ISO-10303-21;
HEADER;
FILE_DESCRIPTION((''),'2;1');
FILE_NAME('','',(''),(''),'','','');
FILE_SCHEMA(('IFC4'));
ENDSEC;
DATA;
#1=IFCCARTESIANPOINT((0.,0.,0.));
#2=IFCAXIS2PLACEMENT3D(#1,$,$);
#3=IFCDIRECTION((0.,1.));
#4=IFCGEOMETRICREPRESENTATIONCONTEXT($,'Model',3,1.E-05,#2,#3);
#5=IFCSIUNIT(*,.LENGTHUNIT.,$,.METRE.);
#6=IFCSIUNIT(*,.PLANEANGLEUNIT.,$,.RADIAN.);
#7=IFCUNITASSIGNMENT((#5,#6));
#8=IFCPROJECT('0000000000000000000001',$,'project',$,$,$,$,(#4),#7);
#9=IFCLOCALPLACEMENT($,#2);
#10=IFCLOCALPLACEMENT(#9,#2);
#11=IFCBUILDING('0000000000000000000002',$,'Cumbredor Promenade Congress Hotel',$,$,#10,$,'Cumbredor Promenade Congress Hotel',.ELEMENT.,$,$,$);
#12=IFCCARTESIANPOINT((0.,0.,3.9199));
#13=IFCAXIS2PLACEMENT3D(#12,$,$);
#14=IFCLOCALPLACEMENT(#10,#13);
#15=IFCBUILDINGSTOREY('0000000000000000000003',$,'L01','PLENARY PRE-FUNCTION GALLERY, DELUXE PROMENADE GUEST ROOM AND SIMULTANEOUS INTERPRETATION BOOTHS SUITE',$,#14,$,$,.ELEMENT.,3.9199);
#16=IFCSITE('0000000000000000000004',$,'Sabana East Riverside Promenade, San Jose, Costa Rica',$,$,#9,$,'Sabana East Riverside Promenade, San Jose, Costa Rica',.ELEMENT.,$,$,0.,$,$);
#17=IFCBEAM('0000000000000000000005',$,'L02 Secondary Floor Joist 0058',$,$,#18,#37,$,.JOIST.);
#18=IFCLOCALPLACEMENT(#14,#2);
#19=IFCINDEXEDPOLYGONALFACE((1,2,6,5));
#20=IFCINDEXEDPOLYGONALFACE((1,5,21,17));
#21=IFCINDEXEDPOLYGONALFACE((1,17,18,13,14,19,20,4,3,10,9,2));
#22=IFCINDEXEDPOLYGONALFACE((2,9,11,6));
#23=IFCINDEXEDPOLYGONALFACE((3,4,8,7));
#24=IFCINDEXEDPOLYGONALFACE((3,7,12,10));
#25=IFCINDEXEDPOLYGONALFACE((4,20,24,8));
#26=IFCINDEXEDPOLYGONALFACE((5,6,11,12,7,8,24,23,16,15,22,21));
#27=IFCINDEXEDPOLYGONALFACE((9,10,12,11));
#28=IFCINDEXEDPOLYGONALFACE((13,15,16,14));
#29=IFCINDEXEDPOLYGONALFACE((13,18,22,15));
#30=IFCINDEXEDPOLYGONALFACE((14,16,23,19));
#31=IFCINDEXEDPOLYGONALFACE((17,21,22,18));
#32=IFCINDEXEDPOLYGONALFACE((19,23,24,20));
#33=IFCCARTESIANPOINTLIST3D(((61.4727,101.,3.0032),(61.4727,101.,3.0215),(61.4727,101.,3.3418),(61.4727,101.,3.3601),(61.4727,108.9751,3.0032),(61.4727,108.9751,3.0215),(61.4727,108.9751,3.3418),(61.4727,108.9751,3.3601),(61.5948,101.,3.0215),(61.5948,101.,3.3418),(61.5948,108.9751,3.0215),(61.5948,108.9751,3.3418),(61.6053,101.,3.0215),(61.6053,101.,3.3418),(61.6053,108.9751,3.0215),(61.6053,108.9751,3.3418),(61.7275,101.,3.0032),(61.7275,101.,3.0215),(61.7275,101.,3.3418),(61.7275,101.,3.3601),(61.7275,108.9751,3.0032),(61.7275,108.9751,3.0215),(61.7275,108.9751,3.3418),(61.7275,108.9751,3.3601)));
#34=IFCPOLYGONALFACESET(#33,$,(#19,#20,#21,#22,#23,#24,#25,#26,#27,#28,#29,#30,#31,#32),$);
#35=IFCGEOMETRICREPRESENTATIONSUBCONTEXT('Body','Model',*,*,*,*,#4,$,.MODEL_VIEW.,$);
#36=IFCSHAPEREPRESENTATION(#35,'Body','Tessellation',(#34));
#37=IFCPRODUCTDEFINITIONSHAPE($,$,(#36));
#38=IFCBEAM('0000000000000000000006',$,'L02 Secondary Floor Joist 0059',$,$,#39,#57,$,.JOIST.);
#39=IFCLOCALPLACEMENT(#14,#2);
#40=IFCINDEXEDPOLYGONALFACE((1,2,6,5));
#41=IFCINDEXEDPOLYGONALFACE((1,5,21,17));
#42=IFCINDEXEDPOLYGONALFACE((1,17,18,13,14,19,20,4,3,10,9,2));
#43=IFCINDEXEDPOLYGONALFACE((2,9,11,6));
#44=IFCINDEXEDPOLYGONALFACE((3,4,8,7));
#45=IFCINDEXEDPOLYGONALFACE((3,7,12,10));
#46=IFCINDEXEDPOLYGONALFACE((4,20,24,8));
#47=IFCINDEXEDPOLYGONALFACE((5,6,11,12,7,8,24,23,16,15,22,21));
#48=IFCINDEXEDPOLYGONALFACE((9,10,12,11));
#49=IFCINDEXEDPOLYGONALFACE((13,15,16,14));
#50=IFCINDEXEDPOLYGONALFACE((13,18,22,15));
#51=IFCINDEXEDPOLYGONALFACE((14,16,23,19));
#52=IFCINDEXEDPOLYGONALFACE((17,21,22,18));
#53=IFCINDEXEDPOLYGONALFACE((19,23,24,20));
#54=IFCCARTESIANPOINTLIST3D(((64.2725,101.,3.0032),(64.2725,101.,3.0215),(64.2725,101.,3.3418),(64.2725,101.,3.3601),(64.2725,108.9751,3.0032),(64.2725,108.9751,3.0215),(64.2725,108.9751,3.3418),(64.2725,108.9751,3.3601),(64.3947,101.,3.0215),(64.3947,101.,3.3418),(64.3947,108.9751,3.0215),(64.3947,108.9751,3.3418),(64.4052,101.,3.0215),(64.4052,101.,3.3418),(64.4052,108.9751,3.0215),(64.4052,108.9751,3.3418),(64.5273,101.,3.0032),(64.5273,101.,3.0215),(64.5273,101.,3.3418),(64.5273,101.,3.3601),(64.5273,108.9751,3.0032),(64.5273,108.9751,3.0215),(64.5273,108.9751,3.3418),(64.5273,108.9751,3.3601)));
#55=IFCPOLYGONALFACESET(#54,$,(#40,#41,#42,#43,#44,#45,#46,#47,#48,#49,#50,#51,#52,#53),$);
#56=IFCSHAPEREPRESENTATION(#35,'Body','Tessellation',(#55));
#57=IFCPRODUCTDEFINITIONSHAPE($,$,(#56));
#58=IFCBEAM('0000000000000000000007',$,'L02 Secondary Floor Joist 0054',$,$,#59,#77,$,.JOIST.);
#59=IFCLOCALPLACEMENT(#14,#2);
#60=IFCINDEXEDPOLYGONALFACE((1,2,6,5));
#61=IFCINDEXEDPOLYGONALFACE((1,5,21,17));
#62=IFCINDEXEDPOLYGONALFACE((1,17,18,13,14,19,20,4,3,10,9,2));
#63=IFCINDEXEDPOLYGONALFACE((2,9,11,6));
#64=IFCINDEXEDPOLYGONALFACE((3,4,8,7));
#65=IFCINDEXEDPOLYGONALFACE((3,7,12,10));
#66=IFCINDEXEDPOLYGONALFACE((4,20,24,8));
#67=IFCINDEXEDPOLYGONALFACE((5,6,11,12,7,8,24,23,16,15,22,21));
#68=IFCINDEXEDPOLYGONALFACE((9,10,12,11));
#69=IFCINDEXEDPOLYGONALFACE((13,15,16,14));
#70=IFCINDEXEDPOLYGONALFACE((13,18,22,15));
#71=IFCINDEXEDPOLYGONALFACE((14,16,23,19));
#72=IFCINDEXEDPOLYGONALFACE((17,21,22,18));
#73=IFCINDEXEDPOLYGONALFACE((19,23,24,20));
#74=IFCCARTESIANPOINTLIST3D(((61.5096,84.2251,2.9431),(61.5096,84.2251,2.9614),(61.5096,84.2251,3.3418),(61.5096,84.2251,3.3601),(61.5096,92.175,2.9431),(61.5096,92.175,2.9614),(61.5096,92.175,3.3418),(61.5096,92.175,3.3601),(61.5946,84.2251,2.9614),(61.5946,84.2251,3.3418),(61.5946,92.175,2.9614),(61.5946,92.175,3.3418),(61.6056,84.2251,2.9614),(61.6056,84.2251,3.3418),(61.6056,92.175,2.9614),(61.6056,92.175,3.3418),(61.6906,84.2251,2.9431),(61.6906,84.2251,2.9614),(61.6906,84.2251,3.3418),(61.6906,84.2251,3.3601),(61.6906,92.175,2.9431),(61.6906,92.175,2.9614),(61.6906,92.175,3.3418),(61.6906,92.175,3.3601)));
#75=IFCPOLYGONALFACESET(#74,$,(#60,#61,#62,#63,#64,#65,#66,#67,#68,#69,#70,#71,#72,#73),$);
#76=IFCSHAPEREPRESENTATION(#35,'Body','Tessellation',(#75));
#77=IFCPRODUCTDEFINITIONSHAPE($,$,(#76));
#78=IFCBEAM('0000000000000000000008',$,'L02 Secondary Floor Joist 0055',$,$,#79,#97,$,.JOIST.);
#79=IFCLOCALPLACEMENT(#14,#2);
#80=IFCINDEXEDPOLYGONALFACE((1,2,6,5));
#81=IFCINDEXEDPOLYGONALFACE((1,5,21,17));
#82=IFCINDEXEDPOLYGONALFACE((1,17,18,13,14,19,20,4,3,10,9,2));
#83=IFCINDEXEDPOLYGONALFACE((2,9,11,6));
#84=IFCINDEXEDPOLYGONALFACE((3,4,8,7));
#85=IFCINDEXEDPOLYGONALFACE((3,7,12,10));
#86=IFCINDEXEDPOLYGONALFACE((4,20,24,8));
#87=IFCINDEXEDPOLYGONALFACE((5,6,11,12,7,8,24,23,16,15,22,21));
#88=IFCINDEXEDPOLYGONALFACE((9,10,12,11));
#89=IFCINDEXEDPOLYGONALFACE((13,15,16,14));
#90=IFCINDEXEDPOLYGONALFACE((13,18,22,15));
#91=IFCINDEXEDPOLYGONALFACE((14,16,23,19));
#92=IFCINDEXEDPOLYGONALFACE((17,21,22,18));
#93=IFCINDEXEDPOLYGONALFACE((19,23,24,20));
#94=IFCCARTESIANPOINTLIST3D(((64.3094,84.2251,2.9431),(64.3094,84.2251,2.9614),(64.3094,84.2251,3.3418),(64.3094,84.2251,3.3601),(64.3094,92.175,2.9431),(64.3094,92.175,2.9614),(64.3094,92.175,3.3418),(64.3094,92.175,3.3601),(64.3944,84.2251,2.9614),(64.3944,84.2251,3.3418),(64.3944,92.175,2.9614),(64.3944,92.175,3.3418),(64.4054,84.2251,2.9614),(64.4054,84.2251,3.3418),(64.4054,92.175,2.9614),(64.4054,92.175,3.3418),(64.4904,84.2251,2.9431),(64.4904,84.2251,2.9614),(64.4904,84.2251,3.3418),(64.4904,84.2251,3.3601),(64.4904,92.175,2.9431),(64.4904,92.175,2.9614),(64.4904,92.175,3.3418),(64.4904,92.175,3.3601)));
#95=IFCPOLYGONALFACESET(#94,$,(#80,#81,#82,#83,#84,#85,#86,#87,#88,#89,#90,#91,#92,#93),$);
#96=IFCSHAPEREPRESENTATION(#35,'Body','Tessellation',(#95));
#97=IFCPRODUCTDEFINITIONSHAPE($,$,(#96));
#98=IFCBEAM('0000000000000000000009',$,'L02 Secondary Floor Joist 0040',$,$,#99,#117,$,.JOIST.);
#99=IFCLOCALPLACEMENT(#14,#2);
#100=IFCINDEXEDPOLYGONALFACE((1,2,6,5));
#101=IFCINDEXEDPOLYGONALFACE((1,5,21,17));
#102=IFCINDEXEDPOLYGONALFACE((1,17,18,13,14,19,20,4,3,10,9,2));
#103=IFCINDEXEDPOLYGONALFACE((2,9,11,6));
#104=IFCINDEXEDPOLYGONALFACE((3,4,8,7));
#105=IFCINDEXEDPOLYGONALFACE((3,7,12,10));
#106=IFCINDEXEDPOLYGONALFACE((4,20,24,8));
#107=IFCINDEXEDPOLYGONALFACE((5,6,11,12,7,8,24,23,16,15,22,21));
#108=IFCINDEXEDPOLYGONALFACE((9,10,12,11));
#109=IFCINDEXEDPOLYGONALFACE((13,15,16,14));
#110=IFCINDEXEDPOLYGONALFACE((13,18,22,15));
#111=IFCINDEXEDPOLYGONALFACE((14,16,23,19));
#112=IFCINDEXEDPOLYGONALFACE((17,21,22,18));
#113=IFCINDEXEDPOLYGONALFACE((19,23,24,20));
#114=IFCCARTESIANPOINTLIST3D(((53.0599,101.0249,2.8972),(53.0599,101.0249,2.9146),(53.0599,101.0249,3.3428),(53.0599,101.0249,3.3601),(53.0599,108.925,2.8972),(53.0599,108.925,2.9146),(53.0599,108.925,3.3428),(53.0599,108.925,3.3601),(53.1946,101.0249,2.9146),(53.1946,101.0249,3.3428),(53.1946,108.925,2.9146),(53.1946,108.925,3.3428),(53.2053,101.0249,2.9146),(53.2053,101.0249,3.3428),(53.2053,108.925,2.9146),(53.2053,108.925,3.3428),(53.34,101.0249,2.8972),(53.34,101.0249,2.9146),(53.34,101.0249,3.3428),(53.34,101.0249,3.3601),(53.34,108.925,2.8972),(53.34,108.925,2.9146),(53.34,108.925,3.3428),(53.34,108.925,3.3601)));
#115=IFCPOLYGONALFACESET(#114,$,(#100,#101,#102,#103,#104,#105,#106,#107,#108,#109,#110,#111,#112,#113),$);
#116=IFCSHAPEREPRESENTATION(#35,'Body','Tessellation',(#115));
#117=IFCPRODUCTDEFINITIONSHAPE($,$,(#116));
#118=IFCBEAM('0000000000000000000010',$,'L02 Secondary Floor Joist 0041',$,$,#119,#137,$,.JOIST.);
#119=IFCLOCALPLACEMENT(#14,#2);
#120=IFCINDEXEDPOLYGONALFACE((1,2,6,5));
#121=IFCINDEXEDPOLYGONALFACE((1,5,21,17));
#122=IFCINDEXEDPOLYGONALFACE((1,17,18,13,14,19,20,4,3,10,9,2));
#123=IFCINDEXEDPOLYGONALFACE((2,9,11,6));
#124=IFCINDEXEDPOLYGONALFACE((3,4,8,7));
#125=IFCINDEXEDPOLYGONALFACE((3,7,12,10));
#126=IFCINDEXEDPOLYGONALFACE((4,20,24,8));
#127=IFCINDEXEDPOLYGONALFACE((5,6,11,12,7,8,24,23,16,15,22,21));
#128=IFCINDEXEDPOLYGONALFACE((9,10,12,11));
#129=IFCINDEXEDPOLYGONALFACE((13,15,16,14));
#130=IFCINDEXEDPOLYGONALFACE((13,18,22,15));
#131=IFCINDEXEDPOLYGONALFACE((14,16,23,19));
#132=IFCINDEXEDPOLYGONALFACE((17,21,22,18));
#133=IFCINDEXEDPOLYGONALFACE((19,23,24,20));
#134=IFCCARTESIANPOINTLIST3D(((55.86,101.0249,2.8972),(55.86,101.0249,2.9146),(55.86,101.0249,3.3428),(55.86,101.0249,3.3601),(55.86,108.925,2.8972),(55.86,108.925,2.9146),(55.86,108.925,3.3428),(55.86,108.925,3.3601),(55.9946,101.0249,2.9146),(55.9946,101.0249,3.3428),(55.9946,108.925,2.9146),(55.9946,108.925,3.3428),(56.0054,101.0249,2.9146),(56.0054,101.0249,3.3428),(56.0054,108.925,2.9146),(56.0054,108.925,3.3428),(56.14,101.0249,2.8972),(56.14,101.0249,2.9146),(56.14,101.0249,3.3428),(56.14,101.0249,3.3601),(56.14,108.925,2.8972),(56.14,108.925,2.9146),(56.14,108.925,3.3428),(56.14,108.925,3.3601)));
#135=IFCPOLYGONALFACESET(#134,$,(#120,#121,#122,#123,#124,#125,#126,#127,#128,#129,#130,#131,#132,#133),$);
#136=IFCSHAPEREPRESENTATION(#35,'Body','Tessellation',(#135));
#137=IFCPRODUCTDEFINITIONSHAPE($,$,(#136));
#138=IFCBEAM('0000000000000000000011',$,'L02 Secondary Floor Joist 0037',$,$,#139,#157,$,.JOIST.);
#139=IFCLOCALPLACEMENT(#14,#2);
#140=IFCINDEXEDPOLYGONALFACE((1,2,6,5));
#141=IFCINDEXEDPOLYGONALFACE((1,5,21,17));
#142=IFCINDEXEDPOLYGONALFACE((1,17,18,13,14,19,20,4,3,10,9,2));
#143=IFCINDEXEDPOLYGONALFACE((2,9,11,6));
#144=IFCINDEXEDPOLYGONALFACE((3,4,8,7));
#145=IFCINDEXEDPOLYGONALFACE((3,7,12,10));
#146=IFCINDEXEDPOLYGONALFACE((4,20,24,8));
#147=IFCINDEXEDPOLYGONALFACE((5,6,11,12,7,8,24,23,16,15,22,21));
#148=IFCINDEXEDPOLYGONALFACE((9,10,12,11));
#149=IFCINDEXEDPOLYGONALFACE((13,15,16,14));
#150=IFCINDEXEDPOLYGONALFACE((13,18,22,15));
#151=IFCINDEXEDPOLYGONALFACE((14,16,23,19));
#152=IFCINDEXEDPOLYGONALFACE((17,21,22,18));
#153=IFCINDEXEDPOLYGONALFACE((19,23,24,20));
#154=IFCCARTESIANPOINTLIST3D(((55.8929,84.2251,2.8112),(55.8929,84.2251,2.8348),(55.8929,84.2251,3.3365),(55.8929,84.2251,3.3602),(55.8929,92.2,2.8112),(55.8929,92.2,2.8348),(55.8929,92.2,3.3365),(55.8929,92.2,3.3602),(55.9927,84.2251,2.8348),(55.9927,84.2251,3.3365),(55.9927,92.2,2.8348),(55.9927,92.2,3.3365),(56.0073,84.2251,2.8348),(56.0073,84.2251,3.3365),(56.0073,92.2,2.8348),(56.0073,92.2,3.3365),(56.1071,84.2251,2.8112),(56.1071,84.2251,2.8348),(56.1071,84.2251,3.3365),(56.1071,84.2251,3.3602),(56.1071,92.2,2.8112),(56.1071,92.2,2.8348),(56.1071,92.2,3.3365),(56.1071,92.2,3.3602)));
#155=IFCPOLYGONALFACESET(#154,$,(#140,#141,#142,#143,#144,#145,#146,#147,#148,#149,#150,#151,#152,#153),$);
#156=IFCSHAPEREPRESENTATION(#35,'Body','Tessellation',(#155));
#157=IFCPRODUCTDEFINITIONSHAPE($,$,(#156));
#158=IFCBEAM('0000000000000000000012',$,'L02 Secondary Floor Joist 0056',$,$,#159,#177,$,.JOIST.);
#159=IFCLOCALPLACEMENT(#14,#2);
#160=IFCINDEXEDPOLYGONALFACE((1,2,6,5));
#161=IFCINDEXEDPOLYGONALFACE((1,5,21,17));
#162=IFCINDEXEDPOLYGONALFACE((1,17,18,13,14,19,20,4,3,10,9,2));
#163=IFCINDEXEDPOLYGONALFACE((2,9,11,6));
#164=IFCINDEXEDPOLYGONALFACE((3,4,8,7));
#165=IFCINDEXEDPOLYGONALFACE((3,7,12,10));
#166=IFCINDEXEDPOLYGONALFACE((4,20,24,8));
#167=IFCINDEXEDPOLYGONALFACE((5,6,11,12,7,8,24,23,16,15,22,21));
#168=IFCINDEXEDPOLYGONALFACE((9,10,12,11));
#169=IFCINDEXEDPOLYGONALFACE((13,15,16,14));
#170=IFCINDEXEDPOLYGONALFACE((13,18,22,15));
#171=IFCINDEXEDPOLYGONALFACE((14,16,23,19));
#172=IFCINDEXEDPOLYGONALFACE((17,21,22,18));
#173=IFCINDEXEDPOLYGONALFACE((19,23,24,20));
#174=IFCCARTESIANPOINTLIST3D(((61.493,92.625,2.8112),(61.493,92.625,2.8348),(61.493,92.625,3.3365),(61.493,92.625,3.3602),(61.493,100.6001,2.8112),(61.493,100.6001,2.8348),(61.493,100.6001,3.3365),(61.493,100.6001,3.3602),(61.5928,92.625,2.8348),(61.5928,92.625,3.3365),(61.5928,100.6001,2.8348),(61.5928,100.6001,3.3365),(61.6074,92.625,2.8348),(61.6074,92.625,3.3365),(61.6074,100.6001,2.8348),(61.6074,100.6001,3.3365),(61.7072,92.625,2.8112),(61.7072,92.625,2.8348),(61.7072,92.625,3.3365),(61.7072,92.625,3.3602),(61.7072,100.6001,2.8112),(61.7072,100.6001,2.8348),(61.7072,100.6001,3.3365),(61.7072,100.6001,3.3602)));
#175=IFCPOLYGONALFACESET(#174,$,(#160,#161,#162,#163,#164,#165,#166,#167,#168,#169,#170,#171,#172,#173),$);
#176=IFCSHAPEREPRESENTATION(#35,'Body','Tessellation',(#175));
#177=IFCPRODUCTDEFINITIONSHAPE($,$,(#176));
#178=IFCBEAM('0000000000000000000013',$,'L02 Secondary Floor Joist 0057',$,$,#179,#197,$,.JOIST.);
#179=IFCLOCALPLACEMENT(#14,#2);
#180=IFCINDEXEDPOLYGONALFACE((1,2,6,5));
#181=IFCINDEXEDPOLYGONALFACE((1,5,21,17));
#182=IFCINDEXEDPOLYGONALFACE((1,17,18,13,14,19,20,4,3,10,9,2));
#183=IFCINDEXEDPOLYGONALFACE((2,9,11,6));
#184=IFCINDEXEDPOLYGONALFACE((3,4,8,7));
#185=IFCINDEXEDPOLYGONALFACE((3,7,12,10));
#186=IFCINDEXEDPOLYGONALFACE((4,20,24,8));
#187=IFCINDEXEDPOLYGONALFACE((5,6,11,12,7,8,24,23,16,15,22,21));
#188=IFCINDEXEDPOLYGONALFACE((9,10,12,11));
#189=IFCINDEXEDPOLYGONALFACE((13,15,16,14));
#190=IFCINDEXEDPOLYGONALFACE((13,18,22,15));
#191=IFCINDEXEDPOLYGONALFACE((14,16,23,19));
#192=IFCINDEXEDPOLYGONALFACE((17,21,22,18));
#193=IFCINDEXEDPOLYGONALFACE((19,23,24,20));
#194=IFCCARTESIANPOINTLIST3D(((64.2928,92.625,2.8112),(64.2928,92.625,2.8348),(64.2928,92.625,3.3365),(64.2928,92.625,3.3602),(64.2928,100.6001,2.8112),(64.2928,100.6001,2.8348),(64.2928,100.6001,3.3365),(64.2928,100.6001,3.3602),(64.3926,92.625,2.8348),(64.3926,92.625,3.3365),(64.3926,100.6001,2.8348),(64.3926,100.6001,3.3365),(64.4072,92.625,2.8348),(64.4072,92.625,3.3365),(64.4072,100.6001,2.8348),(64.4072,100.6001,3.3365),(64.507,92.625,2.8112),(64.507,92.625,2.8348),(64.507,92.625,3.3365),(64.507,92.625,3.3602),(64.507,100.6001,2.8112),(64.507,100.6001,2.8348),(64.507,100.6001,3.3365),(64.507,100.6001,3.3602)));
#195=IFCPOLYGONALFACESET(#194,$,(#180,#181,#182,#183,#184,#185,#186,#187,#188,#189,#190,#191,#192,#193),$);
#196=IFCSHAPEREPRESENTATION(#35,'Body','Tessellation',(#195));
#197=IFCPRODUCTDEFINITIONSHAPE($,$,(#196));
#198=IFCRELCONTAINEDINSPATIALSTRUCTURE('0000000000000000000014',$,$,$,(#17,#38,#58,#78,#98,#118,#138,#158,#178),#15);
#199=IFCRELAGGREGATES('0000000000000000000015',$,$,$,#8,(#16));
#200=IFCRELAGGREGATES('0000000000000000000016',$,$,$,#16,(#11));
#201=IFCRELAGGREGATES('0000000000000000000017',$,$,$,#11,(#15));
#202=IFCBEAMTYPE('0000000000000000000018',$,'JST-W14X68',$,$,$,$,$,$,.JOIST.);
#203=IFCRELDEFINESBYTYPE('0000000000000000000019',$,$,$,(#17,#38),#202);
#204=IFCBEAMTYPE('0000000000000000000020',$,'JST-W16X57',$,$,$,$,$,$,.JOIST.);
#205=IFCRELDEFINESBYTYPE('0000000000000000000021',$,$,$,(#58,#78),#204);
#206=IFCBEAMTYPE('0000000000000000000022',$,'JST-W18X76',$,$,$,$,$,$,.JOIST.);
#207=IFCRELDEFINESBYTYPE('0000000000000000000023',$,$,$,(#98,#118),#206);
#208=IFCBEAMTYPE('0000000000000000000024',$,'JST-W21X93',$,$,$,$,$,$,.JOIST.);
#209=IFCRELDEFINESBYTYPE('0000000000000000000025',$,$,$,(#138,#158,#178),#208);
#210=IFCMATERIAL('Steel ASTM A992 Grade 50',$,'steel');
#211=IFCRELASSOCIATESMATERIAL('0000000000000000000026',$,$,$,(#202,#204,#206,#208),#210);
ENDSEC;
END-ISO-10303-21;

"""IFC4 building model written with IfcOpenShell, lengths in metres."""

from ifc_helpers import new_model, si_unit, direction, frame, origin, origin_2d, place, context, subcontext, project, spatial, i_section, extrude, material, material_profile, profile_set, type_object, element, save


model = new_model("IFC4")

# Units and contexts
model_context = context("Model", 3, precision=1e-05, world=origin(), true_north=direction((0.0, 1.0)))
body_context = subcontext(model_context, "Body", "Model", "MODEL_VIEW")
ifc_project = project(units=[si_unit("LENGTHUNIT", "METRE"), si_unit("PLANEANGLEUNIT", "RADIAN")], contexts=[model_context])

# Site, building, storey
site_placement = place(None, origin())
site = spatial("IfcSite", under=ifc_project, at=site_placement, Name="Sabana East Riverside Promenade, San Jose, Costa Rica", LongName="Sabana East Riverside Promenade, San Jose, Costa Rica", CompositionType="ELEMENT", RefElevation=0.0)
building_placement = place(site_placement, origin())
building = spatial("IfcBuilding", under=site, at=building_placement, Name="Cumbredor Promenade Congress Hotel", LongName="Cumbredor Promenade Congress Hotel", CompositionType="ELEMENT")
storey_placement = place(building_placement, frame((0.0, 0.0, 3.9199)))
storey = spatial("IfcBuildingStorey", under=building, at=storey_placement, Name="L01", Description="PLENARY PRE-FUNCTION GALLERY, DELUXE PROMENADE GUEST ROOM AND SIMULTANEOUS INTERPRETATION BOOTHS SUITE", CompositionType="ELEMENT", Elevation=3.9199)

# Beams
ifc_material_1 = material(Name="Steel ASTM A992 Grade 50", Category="steel")
ifc_material_profile_1 = material_profile(ifc_material_1, i_section(OverallWidth=0.2549, OverallDepth=0.3569, WebThickness=0.0105, FlangeThickness=0.0183, at=origin_2d()), Name="W14X68")
ifc_profile_set_1 = profile_set([ifc_material_profile_1], Name="Steel ASTM A992 Grade 50")
beam_type_1 = type_object("IfcBeamType", Name="JST-W14X68", PredefinedType="JOIST", material=ifc_profile_set_1)
for number, where, z_axis, x_axis, name in (
    (1, (61.6001, 101.0, 3.1816), (0.0, 1.0, 0.0), (-1.0, 0.0, 0.0), "L02 Secondary Floor Joist 0058"),
    (2, (64.3999, 101.0, 3.1816), (0.0, 1.0, 0.0), (-1.0, 0.0, 0.0), "L02 Secondary Floor Joist 0059"),
):
    element("IfcBeam", number, at=place(storey_placement, frame(where, z_axis=z_axis, x_axis=x_axis)), inside=storey, type_object=beam_type_1, Name=name, PredefinedType="JOIST", context=body_context, shape_type="SweptSolid", body=[
        extrude(i_section(OverallWidth=0.2549, OverallDepth=0.3569, WebThickness=0.0105, FlangeThickness=0.0183, at=origin_2d()), origin(), (0.0, 0.0, 1.0), 7.9751),
    ])
ifc_material_profile_2 = material_profile(ifc_material_1, i_section(OverallWidth=0.1809, OverallDepth=0.417, WebThickness=0.011, FlangeThickness=0.0183, at=origin_2d()), Name="W16X57")
ifc_profile_set_2 = profile_set([ifc_material_profile_2], Name="Steel ASTM A992 Grade 50")
beam_type_2 = type_object("IfcBeamType", Name="JST-W16X57", PredefinedType="JOIST", material=ifc_profile_set_2)
for number, where, z_axis, x_axis, name in (
    (3, (61.6001, 84.2251, 3.1516), (0.0, 1.0, 0.0), (-1.0, 0.0, 0.0), "L02 Secondary Floor Joist 0054"),
    (4, (64.3999, 84.2251, 3.1516), (0.0, 1.0, 0.0), (-1.0, 0.0, 0.0), "L02 Secondary Floor Joist 0055"),
):
    element("IfcBeam", number, at=place(storey_placement, frame(where, z_axis=z_axis, x_axis=x_axis)), inside=storey, type_object=beam_type_2, Name=name, PredefinedType="JOIST", context=body_context, shape_type="SweptSolid", body=[
        extrude(i_section(OverallWidth=0.1809, OverallDepth=0.417, WebThickness=0.011, FlangeThickness=0.0183, at=origin_2d()), origin(), (0.0, 0.0, 1.0), 7.95),
    ])
ifc_material_profile_3 = material_profile(ifc_material_1, i_section(OverallWidth=0.28, OverallDepth=0.4629, WebThickness=0.0107, FlangeThickness=0.0173, at=origin_2d()), Name="W18X76")
ifc_profile_set_3 = profile_set([ifc_material_profile_3], Name="Steel ASTM A992 Grade 50")
beam_type_3 = type_object("IfcBeamType", Name="JST-W18X76", PredefinedType="JOIST", material=ifc_profile_set_3)
for number, where, z_axis, x_axis, name in (
    (5, (53.2, 101.0249, 3.1287), (0.0, 1.0, 0.0), (-1.0, 0.0, 0.0), "L02 Secondary Floor Joist 0040"),
    (6, (56.0, 101.0249, 3.1287), (0.0, 1.0, 0.0), (-1.0, 0.0, 0.0), "L02 Secondary Floor Joist 0041"),
):
    element("IfcBeam", number, at=place(storey_placement, frame(where, z_axis=z_axis, x_axis=x_axis)), inside=storey, type_object=beam_type_3, Name=name, PredefinedType="JOIST", context=body_context, shape_type="SweptSolid", body=[
        extrude(i_section(OverallWidth=0.28, OverallDepth=0.4629, WebThickness=0.0107, FlangeThickness=0.0173, at=origin_2d()), origin(), (0.0, 0.0, 1.0), 7.9001),
    ])
ifc_material_profile_4 = material_profile(ifc_material_1, i_section(OverallWidth=0.2141, OverallDepth=0.5491, WebThickness=0.0146, FlangeThickness=0.0237, at=origin_2d()), Name="W21X93")
ifc_profile_set_4 = profile_set([ifc_material_profile_4], Name="Steel ASTM A992 Grade 50")
beam_type_4 = type_object("IfcBeamType", Name="JST-W21X93", PredefinedType="JOIST", material=ifc_profile_set_4)
beam_1_placement = place(storey_placement, frame((56.0, 84.2251, 3.0857), z_axis=(0.0, 1.0, 0.0), x_axis=(-1.0, 0.0, 0.0)))
element("IfcBeam", 7, at=beam_1_placement, inside=storey, type_object=beam_type_4, Name="L02 Secondary Floor Joist 0037", PredefinedType="JOIST", context=body_context, shape_type="SweptSolid", body=[
    extrude(i_section(OverallWidth=0.2141, OverallDepth=0.5491, WebThickness=0.0146, FlangeThickness=0.0237, at=origin_2d()), origin(), (0.0, 0.0, 1.0), 7.9749),
])
for number, where, z_axis, x_axis, name in (
    (8, (61.6001, 92.625, 3.0857), (0.0, 1.0, 0.0), (-1.0, 0.0, 0.0), "L02 Secondary Floor Joist 0056"),
    (9, (64.3999, 92.625, 3.0857), (0.0, 1.0, 0.0), (-1.0, 0.0, 0.0), "L02 Secondary Floor Joist 0057"),
):
    element("IfcBeam", number, at=place(storey_placement, frame(where, z_axis=z_axis, x_axis=x_axis)), inside=storey, type_object=beam_type_4, Name=name, PredefinedType="JOIST", context=body_context, shape_type="SweptSolid", body=[
        extrude(i_section(OverallWidth=0.2141, OverallDepth=0.5491, WebThickness=0.0146, FlangeThickness=0.0237, at=origin_2d()), origin(), (0.0, 0.0, 1.0), 7.9751),
    ])

save(model, "model.ifc")
